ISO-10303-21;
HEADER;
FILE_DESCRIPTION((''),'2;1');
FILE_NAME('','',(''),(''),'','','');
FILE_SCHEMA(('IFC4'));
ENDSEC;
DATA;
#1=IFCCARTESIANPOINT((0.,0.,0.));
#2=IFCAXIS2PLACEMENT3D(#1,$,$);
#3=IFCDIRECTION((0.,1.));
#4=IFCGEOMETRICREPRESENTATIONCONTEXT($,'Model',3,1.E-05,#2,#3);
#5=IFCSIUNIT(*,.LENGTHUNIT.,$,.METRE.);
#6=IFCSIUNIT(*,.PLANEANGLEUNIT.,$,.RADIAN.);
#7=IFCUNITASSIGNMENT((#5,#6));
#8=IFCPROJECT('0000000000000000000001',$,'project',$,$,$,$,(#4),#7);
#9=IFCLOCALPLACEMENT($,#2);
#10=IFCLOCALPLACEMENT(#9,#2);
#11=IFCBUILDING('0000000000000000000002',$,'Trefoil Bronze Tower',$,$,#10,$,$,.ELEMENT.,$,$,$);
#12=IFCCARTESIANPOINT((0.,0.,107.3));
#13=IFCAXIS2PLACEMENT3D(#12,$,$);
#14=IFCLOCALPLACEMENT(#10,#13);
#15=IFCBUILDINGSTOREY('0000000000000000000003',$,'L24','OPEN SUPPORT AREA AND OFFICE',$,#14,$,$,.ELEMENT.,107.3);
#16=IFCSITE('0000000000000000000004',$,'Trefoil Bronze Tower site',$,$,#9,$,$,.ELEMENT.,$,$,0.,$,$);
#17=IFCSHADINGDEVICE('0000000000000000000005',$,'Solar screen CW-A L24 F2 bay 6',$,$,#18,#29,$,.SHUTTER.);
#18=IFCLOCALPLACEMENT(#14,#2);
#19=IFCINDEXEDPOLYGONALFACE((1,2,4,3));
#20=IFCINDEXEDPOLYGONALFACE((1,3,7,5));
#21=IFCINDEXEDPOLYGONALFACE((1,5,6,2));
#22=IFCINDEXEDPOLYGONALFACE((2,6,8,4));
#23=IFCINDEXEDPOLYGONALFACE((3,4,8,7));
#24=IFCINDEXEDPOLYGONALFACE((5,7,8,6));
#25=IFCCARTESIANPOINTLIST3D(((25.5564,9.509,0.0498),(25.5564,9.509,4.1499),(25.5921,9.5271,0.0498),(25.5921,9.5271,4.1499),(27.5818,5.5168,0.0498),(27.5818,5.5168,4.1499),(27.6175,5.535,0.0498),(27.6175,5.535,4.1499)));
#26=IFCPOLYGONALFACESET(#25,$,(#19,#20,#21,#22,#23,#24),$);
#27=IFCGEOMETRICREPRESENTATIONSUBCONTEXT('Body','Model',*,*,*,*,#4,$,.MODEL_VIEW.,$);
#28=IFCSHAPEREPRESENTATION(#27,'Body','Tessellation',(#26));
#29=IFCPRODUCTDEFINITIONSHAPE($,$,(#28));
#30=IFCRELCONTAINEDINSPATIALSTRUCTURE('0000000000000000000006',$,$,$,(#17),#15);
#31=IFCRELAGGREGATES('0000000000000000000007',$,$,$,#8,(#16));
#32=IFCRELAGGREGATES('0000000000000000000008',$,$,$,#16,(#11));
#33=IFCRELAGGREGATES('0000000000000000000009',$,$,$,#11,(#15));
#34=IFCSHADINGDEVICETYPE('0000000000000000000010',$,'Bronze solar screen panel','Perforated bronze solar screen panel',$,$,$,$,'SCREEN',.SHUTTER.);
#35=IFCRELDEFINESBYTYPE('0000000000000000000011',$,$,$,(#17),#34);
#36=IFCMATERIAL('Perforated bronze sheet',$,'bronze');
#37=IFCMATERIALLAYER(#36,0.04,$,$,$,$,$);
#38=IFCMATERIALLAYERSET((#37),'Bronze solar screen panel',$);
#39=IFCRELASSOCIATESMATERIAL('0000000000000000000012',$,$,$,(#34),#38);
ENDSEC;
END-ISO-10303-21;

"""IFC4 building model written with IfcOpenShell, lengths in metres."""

from ifc_helpers import new_model, si_unit, direction, frame, origin, origin_2d, place, context, subcontext, project, spatial, rectangle, extrude, material, layer, layer_set, type_object, element, save


model = new_model("IFC4")

# Units and contexts
model_context = context("Model", 3, precision=1e-05, world=origin(), true_north=direction((0.0, 1.0)))
body_context = subcontext(model_context, "Body", "Model", "MODEL_VIEW")
ifc_project = project(units=[si_unit("LENGTHUNIT", "METRE"), si_unit("PLANEANGLEUNIT", "RADIAN")], contexts=[model_context])

# Site, building, storey
site_placement = place(None, origin())
site = spatial("IfcSite", under=ifc_project, at=site_placement, Name="Trefoil Bronze Tower site", CompositionType="ELEMENT", RefElevation=0.0)
building_placement = place(site_placement, origin())
building = spatial("IfcBuilding", under=site, at=building_placement, Name="Trefoil Bronze Tower", CompositionType="ELEMENT")
storey_placement = place(building_placement, frame((0.0, 0.0, 107.3)))
storey = spatial("IfcBuildingStorey", under=building, at=storey_placement, Name="L24", Description="OPEN SUPPORT AREA AND OFFICE", CompositionType="ELEMENT", Elevation=107.3)

# Shading device
ifc_material_1 = material(Name="Perforated bronze sheet", Category="bronze")
ifc_layer_1 = layer(ifc_material_1, 0.04)
ifc_layer_set_1 = layer_set([ifc_layer_1], Name="Bronze solar screen panel")
shading_device_type = type_object("IfcShadingDeviceType", Name="Bronze solar screen panel", Description="Perforated bronze solar screen panel", ElementType="SCREEN", PredefinedType="SHUTTER", material=ifc_layer_set_1)
shading_device_1_placement = place(storey_placement, frame((26.5869, 7.522, 0.0498), z_axis=(0.0, 0.0, 1.0), x_axis=(-0.452449, 0.89179, 0.0)))
element("IfcShadingDevice", 1, at=shading_device_1_placement, inside=storey, type_object=shading_device_type, Name="Solar screen CW-A L24 F2 bay 6", PredefinedType="SHUTTER", context=body_context, shape_type="SweptSolid", body=[
    extrude(rectangle(XDim=4.4766, YDim=0.04, at=origin_2d()), origin(), (0.0, 0.0, 1.0), 4.1001),
])

save(model, "model.ifc")
